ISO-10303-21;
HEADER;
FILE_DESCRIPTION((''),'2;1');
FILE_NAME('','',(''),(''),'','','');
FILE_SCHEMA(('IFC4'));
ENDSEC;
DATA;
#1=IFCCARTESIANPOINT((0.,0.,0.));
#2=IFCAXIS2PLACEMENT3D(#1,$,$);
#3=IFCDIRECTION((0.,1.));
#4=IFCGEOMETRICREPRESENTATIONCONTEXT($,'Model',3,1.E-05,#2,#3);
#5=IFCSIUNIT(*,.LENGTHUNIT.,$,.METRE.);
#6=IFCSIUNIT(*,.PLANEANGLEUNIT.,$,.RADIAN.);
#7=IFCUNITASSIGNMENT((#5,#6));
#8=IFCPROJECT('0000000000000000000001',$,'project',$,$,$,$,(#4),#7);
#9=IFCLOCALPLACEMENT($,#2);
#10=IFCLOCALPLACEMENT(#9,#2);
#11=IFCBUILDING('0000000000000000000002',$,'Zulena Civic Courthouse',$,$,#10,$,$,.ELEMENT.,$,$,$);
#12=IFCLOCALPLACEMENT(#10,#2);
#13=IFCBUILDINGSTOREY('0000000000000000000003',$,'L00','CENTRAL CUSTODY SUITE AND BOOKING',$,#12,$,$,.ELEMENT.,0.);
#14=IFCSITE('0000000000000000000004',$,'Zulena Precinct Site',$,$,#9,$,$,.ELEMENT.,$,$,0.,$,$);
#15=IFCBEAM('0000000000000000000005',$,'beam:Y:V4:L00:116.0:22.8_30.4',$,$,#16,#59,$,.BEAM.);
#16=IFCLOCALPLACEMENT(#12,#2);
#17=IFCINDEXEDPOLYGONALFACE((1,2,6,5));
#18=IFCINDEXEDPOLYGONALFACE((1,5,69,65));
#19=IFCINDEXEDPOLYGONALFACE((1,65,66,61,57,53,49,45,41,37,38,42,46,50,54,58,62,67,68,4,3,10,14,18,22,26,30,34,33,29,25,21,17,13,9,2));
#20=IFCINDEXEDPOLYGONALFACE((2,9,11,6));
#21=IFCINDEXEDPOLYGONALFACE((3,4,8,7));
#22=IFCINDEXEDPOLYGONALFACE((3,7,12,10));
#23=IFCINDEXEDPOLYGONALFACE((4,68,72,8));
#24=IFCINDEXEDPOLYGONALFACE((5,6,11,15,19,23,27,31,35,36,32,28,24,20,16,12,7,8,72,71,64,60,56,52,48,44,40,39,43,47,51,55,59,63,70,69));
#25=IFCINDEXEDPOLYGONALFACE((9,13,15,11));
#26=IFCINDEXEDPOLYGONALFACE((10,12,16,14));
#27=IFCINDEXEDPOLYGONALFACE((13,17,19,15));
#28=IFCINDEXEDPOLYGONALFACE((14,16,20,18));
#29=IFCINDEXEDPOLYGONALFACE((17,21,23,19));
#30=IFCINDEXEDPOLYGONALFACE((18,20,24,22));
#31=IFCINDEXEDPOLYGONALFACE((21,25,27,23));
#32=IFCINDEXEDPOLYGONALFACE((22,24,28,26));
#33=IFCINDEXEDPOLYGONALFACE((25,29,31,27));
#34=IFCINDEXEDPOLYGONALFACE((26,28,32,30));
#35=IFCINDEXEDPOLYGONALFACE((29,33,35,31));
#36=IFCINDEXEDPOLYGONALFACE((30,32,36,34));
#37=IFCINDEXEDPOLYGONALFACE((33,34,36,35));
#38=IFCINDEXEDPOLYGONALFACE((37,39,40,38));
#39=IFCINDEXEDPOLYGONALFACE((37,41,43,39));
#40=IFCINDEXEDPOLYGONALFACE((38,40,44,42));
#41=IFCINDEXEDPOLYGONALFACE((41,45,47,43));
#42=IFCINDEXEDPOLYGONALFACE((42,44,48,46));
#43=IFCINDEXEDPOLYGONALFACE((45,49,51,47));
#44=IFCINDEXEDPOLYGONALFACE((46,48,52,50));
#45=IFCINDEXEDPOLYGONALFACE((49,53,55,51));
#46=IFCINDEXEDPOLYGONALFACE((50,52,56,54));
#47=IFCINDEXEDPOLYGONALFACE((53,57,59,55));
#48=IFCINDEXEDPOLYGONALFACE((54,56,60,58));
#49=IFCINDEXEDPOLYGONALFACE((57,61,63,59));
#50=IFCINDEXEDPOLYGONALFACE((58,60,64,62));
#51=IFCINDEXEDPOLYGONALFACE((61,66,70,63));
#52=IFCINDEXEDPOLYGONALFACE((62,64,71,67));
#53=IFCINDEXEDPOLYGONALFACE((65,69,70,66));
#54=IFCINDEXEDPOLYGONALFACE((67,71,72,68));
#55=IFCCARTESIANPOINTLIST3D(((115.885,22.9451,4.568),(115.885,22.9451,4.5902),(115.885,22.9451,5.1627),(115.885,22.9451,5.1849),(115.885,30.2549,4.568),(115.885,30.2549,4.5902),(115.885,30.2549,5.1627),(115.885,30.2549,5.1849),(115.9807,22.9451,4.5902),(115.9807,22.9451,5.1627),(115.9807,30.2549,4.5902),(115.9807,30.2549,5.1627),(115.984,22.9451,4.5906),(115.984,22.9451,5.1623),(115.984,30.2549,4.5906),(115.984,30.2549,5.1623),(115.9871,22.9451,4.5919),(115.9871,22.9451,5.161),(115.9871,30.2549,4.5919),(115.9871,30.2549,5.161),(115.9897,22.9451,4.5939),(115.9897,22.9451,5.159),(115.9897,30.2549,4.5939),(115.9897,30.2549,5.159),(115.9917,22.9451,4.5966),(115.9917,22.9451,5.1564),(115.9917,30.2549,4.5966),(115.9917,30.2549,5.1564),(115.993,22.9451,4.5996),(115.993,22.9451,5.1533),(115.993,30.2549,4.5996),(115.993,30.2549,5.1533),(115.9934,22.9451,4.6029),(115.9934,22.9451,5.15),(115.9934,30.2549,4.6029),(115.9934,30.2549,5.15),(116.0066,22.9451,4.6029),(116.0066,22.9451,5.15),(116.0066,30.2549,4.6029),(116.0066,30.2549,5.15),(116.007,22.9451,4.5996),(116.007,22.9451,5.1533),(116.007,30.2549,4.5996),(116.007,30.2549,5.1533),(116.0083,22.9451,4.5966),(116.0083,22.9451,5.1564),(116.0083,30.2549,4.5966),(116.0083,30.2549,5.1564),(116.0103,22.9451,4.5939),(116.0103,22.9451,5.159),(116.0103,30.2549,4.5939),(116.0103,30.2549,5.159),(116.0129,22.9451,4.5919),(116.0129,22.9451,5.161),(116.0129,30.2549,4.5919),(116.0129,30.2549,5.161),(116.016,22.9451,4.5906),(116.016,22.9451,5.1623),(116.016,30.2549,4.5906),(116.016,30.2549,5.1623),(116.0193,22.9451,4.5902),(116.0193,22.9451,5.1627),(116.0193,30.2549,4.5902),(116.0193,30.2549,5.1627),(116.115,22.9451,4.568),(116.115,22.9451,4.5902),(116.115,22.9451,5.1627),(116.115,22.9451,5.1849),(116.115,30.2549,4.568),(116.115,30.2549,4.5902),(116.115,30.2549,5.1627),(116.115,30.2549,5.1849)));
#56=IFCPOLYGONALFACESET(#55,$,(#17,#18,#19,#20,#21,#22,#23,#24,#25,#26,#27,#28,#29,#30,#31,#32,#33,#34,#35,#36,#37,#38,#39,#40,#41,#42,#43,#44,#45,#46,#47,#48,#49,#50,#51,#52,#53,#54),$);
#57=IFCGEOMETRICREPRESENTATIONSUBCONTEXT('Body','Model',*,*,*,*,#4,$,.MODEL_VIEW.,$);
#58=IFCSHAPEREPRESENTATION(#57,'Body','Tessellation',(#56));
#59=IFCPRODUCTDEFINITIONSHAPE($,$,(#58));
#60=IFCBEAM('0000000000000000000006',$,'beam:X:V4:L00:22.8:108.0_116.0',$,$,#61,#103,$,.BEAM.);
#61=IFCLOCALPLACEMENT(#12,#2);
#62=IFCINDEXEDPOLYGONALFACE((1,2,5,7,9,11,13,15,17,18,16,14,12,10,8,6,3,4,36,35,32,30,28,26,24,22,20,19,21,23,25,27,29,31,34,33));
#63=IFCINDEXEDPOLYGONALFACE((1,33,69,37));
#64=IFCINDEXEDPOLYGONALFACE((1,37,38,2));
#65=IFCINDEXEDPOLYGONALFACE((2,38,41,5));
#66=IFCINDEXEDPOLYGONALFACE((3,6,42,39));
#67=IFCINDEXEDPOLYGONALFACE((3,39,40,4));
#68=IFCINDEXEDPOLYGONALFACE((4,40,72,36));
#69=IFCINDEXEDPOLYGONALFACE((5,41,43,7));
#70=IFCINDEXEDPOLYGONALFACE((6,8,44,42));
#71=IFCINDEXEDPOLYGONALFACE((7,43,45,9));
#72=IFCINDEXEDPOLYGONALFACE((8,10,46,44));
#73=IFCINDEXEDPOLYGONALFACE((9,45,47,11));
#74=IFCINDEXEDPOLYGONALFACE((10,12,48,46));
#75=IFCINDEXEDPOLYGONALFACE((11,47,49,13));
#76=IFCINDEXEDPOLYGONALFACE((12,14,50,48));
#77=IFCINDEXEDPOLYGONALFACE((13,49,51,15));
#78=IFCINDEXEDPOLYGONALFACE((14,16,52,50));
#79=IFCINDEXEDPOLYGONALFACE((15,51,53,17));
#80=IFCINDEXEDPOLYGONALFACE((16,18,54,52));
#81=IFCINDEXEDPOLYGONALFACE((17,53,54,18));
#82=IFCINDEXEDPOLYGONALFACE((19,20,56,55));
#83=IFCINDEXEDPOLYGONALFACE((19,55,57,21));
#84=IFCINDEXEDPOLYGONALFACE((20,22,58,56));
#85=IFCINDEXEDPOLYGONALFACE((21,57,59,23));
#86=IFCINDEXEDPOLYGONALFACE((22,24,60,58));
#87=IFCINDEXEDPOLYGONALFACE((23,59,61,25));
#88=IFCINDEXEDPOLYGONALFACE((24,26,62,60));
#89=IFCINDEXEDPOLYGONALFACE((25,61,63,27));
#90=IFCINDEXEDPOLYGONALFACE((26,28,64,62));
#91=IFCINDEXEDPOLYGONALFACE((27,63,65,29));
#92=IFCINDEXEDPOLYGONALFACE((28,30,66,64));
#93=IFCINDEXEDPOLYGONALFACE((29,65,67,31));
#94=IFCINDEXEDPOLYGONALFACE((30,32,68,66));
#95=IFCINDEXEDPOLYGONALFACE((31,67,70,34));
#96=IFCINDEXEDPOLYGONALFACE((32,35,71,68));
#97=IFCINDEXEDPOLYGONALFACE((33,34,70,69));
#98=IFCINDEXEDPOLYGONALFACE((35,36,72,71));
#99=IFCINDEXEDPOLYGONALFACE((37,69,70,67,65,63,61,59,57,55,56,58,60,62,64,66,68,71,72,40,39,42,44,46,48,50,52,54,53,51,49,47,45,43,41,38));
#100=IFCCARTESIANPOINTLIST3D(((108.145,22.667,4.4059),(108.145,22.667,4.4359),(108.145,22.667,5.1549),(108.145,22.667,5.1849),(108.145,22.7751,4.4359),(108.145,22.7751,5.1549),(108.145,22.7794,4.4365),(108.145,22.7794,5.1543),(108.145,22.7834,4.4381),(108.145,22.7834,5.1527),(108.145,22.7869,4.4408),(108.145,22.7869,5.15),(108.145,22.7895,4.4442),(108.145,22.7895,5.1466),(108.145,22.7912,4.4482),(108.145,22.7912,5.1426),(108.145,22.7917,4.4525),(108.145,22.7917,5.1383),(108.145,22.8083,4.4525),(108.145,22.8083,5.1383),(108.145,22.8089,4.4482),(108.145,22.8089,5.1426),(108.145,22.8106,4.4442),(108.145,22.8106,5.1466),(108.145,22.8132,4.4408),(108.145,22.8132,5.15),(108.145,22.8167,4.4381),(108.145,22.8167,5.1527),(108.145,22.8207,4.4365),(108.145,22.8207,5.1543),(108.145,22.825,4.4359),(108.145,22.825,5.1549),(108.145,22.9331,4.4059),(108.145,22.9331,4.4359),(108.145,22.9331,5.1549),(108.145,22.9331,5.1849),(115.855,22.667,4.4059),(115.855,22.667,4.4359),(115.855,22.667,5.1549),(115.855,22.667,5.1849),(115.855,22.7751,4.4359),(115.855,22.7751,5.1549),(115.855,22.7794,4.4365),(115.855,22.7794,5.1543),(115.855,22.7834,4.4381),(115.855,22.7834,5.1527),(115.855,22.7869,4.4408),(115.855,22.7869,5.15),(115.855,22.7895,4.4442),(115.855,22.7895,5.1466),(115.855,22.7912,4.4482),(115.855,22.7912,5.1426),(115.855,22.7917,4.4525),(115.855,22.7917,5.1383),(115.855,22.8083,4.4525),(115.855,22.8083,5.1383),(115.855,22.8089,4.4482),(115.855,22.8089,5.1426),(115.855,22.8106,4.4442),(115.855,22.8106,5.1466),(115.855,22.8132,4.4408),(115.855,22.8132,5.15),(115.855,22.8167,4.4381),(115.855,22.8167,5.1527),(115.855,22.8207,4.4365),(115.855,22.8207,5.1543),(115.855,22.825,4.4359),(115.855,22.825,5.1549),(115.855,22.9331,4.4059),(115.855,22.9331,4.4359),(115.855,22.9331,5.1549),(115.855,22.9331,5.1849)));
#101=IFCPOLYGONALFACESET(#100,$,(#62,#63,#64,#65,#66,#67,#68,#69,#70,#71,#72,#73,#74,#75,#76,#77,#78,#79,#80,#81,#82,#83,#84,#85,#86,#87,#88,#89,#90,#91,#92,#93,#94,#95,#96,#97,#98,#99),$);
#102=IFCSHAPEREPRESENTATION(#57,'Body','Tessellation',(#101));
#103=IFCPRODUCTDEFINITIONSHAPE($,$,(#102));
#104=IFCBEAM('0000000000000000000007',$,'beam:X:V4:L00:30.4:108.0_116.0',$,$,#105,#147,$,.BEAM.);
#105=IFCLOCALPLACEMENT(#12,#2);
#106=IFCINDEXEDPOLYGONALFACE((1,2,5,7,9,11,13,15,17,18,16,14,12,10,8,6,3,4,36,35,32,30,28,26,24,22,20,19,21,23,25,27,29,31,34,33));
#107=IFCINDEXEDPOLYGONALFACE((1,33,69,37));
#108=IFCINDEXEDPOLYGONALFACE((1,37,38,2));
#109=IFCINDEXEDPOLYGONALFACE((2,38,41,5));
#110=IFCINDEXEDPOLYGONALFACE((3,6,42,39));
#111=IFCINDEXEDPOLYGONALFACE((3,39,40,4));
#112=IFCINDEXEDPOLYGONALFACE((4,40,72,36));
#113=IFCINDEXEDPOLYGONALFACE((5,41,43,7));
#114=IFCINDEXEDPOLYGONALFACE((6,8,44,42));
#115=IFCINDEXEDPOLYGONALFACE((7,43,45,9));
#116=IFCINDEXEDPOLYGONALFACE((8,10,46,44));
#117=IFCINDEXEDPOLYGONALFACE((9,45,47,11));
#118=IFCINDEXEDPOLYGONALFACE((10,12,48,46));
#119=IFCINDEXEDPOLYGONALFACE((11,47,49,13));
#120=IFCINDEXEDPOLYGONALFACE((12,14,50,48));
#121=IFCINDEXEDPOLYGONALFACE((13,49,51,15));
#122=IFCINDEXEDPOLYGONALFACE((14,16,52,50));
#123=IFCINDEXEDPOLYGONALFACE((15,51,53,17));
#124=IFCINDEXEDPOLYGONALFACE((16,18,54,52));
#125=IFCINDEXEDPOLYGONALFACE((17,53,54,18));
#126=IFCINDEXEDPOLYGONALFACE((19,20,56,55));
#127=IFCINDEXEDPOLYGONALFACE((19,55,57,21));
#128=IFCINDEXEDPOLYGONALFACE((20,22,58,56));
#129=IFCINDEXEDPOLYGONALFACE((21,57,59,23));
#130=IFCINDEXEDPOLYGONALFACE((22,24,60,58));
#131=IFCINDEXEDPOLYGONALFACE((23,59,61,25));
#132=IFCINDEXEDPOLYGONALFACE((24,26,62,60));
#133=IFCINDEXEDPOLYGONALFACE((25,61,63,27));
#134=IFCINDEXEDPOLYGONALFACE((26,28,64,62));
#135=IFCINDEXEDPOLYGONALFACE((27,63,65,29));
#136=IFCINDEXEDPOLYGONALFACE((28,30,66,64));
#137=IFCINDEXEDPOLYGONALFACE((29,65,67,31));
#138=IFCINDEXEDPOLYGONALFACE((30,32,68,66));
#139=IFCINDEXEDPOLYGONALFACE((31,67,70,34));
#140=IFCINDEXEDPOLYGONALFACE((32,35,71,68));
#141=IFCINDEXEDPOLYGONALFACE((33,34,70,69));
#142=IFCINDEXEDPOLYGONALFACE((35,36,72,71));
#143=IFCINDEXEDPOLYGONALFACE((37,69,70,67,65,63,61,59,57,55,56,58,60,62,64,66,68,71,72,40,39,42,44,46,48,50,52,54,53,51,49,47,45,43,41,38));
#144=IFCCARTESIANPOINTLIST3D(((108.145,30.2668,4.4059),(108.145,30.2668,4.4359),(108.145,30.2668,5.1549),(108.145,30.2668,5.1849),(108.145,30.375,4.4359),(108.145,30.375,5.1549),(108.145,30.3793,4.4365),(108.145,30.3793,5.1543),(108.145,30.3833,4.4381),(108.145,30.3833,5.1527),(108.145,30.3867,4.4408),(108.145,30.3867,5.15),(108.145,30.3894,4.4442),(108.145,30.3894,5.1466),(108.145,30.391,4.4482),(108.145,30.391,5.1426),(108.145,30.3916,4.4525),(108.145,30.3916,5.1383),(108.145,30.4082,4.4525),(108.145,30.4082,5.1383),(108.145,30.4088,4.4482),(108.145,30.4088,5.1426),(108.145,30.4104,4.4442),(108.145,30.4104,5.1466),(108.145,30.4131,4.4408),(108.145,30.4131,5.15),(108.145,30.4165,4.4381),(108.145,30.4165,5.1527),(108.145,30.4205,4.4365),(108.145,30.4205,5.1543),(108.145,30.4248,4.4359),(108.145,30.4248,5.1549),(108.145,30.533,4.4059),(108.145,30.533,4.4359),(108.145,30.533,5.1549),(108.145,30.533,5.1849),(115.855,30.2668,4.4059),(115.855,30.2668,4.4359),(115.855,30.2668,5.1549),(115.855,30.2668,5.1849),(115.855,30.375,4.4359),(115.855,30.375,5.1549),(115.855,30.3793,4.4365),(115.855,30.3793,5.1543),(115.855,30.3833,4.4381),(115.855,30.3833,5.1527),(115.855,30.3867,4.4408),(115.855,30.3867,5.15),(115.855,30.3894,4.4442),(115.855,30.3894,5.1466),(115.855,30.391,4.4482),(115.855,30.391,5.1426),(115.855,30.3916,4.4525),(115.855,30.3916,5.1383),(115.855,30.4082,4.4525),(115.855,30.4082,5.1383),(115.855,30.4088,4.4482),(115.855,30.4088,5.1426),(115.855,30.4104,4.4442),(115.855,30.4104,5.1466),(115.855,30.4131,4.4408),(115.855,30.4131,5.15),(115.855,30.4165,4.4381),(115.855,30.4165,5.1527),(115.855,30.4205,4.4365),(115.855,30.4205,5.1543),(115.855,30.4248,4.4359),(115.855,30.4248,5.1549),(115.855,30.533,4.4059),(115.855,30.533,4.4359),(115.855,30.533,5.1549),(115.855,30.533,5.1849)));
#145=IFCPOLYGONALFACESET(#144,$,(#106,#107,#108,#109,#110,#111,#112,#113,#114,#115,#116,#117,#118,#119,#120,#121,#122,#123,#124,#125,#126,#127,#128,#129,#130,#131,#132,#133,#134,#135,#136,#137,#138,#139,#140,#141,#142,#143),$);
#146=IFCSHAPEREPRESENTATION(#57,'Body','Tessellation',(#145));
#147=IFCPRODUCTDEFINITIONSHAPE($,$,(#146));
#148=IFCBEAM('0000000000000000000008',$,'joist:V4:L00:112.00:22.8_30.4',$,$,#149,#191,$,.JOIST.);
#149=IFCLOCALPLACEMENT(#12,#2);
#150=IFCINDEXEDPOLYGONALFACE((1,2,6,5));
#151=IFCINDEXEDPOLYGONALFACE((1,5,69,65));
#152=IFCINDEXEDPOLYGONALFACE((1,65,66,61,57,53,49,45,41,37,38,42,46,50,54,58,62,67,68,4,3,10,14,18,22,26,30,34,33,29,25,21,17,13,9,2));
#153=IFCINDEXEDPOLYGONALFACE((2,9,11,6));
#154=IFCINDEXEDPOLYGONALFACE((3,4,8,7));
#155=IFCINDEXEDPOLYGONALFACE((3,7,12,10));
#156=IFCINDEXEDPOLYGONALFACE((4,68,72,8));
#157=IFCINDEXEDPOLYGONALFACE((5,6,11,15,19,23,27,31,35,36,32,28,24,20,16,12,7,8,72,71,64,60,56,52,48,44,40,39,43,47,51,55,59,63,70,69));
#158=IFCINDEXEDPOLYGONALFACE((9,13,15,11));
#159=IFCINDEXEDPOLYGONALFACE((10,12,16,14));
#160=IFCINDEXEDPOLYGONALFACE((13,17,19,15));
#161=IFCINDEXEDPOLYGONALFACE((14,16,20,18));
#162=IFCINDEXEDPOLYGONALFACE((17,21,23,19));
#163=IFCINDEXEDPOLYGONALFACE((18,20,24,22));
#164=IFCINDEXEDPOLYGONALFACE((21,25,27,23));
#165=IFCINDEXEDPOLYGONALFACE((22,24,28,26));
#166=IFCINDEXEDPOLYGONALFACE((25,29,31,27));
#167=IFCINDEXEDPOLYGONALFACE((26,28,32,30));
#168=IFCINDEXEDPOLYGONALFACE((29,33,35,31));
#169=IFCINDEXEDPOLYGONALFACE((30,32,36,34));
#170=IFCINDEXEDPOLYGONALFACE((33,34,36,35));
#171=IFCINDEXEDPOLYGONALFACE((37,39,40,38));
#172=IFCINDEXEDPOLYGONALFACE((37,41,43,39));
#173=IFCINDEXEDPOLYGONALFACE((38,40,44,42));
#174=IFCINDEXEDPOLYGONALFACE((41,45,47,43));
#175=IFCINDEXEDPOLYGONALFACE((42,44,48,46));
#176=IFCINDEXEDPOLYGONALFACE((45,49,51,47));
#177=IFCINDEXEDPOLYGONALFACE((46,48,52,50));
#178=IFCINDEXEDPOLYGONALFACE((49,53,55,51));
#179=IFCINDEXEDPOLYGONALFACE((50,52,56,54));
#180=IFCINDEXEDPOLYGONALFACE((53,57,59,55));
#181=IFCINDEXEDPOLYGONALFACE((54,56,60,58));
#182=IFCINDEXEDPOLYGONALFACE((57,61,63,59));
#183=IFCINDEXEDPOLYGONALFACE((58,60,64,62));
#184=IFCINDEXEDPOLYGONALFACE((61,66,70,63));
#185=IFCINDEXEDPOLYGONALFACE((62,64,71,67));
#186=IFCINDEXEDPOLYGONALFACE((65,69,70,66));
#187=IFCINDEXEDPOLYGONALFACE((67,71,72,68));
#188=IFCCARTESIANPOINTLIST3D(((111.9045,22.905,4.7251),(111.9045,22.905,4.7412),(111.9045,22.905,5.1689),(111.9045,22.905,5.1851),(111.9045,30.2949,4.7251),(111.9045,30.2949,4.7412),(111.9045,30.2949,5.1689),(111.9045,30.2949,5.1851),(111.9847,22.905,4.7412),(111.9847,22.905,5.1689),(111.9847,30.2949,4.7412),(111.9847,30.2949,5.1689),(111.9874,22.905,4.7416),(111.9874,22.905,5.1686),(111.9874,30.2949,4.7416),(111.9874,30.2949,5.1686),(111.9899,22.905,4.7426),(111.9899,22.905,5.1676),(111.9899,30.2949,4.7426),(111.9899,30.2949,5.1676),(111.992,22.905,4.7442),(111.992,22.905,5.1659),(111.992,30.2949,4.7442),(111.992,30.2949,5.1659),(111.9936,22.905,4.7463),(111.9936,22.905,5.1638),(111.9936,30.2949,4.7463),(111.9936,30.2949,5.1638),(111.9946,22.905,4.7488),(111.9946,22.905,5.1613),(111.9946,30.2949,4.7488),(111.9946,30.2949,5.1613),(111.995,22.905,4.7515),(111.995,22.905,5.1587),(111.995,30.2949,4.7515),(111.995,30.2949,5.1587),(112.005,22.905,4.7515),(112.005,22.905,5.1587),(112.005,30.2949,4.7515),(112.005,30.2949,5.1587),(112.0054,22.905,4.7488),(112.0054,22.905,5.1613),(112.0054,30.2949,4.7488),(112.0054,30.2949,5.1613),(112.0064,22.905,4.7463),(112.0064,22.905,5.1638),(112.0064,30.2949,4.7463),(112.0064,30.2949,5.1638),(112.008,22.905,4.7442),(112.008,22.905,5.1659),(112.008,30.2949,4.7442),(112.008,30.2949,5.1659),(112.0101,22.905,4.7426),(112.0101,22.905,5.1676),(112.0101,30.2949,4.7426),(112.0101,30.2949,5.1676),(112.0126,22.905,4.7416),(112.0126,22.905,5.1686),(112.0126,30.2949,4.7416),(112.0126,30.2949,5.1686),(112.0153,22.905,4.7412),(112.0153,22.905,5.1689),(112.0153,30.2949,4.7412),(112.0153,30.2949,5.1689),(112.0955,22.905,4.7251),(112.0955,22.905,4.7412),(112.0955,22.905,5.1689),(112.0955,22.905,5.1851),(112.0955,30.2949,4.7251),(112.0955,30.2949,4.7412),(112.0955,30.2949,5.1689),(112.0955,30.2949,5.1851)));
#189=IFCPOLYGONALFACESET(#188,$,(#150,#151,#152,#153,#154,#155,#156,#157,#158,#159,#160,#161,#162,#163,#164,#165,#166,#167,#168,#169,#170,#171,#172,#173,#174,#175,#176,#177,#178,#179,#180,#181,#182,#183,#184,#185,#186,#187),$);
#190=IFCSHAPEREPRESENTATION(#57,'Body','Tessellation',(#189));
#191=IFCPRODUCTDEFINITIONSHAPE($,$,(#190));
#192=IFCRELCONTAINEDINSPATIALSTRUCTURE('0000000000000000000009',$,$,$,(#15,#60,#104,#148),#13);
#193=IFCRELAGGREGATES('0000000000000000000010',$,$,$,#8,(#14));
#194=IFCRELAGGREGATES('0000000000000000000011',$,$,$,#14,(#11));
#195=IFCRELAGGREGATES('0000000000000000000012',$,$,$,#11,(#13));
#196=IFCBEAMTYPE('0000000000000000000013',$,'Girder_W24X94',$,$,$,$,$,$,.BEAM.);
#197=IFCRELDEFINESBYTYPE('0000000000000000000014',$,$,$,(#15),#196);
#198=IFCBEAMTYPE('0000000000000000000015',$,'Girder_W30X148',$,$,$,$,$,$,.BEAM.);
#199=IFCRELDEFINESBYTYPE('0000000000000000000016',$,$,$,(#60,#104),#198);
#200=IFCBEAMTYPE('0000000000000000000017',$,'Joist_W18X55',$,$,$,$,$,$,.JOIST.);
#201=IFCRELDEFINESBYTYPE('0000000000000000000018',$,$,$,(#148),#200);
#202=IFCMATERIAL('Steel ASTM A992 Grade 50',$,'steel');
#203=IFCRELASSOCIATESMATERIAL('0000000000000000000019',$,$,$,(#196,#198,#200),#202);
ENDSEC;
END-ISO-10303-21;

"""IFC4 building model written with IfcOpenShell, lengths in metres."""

from ifc_helpers import new_model, si_unit, direction, frame, origin, origin_2d, place, context, subcontext, project, spatial, i_section, extrude, material, material_profile, profile_set, type_object, element, save


model = new_model("IFC4")

# Units and contexts
model_context = context("Model", 3, precision=1e-05, world=origin(), true_north=direction((0.0, 1.0)))
body_context = subcontext(model_context, "Body", "Model", "MODEL_VIEW")
ifc_project = project(units=[si_unit("LENGTHUNIT", "METRE"), si_unit("PLANEANGLEUNIT", "RADIAN")], contexts=[model_context])

# Site, building, storey
site_placement = place(None, origin())
site = spatial("IfcSite", under=ifc_project, at=site_placement, Name="Zulena Precinct Site", CompositionType="ELEMENT", RefElevation=0.0)
building_placement = place(site_placement, origin())
building = spatial("IfcBuilding", under=site, at=building_placement, Name="Zulena Civic Courthouse", CompositionType="ELEMENT")
storey_placement = place(building_placement, origin())
storey = spatial("IfcBuildingStorey", under=building, at=storey_placement, Name="L00", Description="CENTRAL CUSTODY SUITE AND BOOKING", CompositionType="ELEMENT", Elevation=0.0)

# Shared definitions
ifc_material_1 = material(Name="Steel ASTM A992 Grade 50", Category="steel")

# Beams
ifc_material_profile_1 = material_profile(ifc_material_1, i_section(OverallWidth=0.23, OverallDepth=0.6169, WebThickness=0.0132, FlangeThickness=0.0222, FilletRadius=0.0127, at=origin_2d()), Name="W24X94")
ifc_profile_set_1 = profile_set([ifc_material_profile_1], Name="Steel ASTM A992 Grade 50")
beam_type_1 = type_object("IfcBeamType", Name="Girder_W24X94", PredefinedType="BEAM", material=ifc_profile_set_1)
beam_placement = place(storey_placement, frame((116.0, 22.9451, 4.8765), z_axis=(0.0, 1.0, 0.0), x_axis=(-1.0, 0.0, 0.0)))
element("IfcBeam", 1, at=beam_placement, inside=storey, type_object=beam_type_1, Name="beam:Y:V4:L00:116.0:22.8_30.4", PredefinedType="BEAM", context=body_context, shape_type="SweptSolid", body=[
    extrude(i_section(OverallWidth=0.23, OverallDepth=0.6169, WebThickness=0.0132, FlangeThickness=0.0222, FilletRadius=0.0127, at=origin_2d()), origin(), (0.0, 0.0, 1.0), 7.3098),
])
ifc_material_profile_2 = material_profile(ifc_material_1, i_section(OverallWidth=0.2661, OverallDepth=0.7791, WebThickness=0.0166, FlangeThickness=0.03, FilletRadius=0.0166, at=origin_2d()), Name="W30X148")
ifc_profile_set_2 = profile_set([ifc_material_profile_2], Name="Steel ASTM A992 Grade 50")
beam_type_2 = type_object("IfcBeamType", Name="Girder_W30X148", PredefinedType="BEAM", material=ifc_profile_set_2)
for number, where, z_axis, x_axis, name in (
    (2, (108.145, 22.8, 4.7954), (1.0, 0.0, 0.0), (0.0, 1.0, 0.0), "beam:X:V4:L00:22.8:108.0_116.0"),
    (3, (108.145, 30.3999, 4.7954), (1.0, 0.0, 0.0), (0.0, 1.0, 0.0), "beam:X:V4:L00:30.4:108.0_116.0"),
):
    element("IfcBeam", number, at=place(storey_placement, frame(where, z_axis=z_axis, x_axis=x_axis)), inside=storey, type_object=beam_type_2, Name=name, PredefinedType="BEAM", context=body_context, shape_type="SweptSolid", body=[
        extrude(i_section(OverallWidth=0.2661, OverallDepth=0.7791, WebThickness=0.0166, FlangeThickness=0.03, FilletRadius=0.0166, at=origin_2d()), origin(), (0.0, 0.0, 1.0), 7.71),
    ])
ifc_material_profile_3 = material_profile(ifc_material_1, i_section(OverallWidth=0.1909, OverallDepth=0.46, WebThickness=0.01, FlangeThickness=0.0161, FilletRadius=0.0103, at=origin_2d()), Name="W18X55")
ifc_profile_set_3 = profile_set([ifc_material_profile_3], Name="Steel ASTM A992 Grade 50")
beam_type_3 = type_object("IfcBeamType", Name="Joist_W18X55", PredefinedType="JOIST", material=ifc_profile_set_3)
for number, where, z_axis, x_axis, name in (
    (4, (112.0, 22.905, 4.9551), (0.0, 1.0, 0.0), (-1.0, 0.0, 0.0), "joist:V4:L00:112.00:22.8_30.4"),
):
    element("IfcBeam", number, at=place(storey_placement, frame(where, z_axis=z_axis, x_axis=x_axis)), inside=storey, type_object=beam_type_3, Name=name, PredefinedType="JOIST", context=body_context, shape_type="SweptSolid", body=[
        extrude(i_section(OverallWidth=0.1909, OverallDepth=0.46, WebThickness=0.01, FlangeThickness=0.0161, FilletRadius=0.0103, at=origin_2d()), origin(), (0.0, 0.0, 1.0), 7.3899),
    ])

save(model, "model.ifc")
